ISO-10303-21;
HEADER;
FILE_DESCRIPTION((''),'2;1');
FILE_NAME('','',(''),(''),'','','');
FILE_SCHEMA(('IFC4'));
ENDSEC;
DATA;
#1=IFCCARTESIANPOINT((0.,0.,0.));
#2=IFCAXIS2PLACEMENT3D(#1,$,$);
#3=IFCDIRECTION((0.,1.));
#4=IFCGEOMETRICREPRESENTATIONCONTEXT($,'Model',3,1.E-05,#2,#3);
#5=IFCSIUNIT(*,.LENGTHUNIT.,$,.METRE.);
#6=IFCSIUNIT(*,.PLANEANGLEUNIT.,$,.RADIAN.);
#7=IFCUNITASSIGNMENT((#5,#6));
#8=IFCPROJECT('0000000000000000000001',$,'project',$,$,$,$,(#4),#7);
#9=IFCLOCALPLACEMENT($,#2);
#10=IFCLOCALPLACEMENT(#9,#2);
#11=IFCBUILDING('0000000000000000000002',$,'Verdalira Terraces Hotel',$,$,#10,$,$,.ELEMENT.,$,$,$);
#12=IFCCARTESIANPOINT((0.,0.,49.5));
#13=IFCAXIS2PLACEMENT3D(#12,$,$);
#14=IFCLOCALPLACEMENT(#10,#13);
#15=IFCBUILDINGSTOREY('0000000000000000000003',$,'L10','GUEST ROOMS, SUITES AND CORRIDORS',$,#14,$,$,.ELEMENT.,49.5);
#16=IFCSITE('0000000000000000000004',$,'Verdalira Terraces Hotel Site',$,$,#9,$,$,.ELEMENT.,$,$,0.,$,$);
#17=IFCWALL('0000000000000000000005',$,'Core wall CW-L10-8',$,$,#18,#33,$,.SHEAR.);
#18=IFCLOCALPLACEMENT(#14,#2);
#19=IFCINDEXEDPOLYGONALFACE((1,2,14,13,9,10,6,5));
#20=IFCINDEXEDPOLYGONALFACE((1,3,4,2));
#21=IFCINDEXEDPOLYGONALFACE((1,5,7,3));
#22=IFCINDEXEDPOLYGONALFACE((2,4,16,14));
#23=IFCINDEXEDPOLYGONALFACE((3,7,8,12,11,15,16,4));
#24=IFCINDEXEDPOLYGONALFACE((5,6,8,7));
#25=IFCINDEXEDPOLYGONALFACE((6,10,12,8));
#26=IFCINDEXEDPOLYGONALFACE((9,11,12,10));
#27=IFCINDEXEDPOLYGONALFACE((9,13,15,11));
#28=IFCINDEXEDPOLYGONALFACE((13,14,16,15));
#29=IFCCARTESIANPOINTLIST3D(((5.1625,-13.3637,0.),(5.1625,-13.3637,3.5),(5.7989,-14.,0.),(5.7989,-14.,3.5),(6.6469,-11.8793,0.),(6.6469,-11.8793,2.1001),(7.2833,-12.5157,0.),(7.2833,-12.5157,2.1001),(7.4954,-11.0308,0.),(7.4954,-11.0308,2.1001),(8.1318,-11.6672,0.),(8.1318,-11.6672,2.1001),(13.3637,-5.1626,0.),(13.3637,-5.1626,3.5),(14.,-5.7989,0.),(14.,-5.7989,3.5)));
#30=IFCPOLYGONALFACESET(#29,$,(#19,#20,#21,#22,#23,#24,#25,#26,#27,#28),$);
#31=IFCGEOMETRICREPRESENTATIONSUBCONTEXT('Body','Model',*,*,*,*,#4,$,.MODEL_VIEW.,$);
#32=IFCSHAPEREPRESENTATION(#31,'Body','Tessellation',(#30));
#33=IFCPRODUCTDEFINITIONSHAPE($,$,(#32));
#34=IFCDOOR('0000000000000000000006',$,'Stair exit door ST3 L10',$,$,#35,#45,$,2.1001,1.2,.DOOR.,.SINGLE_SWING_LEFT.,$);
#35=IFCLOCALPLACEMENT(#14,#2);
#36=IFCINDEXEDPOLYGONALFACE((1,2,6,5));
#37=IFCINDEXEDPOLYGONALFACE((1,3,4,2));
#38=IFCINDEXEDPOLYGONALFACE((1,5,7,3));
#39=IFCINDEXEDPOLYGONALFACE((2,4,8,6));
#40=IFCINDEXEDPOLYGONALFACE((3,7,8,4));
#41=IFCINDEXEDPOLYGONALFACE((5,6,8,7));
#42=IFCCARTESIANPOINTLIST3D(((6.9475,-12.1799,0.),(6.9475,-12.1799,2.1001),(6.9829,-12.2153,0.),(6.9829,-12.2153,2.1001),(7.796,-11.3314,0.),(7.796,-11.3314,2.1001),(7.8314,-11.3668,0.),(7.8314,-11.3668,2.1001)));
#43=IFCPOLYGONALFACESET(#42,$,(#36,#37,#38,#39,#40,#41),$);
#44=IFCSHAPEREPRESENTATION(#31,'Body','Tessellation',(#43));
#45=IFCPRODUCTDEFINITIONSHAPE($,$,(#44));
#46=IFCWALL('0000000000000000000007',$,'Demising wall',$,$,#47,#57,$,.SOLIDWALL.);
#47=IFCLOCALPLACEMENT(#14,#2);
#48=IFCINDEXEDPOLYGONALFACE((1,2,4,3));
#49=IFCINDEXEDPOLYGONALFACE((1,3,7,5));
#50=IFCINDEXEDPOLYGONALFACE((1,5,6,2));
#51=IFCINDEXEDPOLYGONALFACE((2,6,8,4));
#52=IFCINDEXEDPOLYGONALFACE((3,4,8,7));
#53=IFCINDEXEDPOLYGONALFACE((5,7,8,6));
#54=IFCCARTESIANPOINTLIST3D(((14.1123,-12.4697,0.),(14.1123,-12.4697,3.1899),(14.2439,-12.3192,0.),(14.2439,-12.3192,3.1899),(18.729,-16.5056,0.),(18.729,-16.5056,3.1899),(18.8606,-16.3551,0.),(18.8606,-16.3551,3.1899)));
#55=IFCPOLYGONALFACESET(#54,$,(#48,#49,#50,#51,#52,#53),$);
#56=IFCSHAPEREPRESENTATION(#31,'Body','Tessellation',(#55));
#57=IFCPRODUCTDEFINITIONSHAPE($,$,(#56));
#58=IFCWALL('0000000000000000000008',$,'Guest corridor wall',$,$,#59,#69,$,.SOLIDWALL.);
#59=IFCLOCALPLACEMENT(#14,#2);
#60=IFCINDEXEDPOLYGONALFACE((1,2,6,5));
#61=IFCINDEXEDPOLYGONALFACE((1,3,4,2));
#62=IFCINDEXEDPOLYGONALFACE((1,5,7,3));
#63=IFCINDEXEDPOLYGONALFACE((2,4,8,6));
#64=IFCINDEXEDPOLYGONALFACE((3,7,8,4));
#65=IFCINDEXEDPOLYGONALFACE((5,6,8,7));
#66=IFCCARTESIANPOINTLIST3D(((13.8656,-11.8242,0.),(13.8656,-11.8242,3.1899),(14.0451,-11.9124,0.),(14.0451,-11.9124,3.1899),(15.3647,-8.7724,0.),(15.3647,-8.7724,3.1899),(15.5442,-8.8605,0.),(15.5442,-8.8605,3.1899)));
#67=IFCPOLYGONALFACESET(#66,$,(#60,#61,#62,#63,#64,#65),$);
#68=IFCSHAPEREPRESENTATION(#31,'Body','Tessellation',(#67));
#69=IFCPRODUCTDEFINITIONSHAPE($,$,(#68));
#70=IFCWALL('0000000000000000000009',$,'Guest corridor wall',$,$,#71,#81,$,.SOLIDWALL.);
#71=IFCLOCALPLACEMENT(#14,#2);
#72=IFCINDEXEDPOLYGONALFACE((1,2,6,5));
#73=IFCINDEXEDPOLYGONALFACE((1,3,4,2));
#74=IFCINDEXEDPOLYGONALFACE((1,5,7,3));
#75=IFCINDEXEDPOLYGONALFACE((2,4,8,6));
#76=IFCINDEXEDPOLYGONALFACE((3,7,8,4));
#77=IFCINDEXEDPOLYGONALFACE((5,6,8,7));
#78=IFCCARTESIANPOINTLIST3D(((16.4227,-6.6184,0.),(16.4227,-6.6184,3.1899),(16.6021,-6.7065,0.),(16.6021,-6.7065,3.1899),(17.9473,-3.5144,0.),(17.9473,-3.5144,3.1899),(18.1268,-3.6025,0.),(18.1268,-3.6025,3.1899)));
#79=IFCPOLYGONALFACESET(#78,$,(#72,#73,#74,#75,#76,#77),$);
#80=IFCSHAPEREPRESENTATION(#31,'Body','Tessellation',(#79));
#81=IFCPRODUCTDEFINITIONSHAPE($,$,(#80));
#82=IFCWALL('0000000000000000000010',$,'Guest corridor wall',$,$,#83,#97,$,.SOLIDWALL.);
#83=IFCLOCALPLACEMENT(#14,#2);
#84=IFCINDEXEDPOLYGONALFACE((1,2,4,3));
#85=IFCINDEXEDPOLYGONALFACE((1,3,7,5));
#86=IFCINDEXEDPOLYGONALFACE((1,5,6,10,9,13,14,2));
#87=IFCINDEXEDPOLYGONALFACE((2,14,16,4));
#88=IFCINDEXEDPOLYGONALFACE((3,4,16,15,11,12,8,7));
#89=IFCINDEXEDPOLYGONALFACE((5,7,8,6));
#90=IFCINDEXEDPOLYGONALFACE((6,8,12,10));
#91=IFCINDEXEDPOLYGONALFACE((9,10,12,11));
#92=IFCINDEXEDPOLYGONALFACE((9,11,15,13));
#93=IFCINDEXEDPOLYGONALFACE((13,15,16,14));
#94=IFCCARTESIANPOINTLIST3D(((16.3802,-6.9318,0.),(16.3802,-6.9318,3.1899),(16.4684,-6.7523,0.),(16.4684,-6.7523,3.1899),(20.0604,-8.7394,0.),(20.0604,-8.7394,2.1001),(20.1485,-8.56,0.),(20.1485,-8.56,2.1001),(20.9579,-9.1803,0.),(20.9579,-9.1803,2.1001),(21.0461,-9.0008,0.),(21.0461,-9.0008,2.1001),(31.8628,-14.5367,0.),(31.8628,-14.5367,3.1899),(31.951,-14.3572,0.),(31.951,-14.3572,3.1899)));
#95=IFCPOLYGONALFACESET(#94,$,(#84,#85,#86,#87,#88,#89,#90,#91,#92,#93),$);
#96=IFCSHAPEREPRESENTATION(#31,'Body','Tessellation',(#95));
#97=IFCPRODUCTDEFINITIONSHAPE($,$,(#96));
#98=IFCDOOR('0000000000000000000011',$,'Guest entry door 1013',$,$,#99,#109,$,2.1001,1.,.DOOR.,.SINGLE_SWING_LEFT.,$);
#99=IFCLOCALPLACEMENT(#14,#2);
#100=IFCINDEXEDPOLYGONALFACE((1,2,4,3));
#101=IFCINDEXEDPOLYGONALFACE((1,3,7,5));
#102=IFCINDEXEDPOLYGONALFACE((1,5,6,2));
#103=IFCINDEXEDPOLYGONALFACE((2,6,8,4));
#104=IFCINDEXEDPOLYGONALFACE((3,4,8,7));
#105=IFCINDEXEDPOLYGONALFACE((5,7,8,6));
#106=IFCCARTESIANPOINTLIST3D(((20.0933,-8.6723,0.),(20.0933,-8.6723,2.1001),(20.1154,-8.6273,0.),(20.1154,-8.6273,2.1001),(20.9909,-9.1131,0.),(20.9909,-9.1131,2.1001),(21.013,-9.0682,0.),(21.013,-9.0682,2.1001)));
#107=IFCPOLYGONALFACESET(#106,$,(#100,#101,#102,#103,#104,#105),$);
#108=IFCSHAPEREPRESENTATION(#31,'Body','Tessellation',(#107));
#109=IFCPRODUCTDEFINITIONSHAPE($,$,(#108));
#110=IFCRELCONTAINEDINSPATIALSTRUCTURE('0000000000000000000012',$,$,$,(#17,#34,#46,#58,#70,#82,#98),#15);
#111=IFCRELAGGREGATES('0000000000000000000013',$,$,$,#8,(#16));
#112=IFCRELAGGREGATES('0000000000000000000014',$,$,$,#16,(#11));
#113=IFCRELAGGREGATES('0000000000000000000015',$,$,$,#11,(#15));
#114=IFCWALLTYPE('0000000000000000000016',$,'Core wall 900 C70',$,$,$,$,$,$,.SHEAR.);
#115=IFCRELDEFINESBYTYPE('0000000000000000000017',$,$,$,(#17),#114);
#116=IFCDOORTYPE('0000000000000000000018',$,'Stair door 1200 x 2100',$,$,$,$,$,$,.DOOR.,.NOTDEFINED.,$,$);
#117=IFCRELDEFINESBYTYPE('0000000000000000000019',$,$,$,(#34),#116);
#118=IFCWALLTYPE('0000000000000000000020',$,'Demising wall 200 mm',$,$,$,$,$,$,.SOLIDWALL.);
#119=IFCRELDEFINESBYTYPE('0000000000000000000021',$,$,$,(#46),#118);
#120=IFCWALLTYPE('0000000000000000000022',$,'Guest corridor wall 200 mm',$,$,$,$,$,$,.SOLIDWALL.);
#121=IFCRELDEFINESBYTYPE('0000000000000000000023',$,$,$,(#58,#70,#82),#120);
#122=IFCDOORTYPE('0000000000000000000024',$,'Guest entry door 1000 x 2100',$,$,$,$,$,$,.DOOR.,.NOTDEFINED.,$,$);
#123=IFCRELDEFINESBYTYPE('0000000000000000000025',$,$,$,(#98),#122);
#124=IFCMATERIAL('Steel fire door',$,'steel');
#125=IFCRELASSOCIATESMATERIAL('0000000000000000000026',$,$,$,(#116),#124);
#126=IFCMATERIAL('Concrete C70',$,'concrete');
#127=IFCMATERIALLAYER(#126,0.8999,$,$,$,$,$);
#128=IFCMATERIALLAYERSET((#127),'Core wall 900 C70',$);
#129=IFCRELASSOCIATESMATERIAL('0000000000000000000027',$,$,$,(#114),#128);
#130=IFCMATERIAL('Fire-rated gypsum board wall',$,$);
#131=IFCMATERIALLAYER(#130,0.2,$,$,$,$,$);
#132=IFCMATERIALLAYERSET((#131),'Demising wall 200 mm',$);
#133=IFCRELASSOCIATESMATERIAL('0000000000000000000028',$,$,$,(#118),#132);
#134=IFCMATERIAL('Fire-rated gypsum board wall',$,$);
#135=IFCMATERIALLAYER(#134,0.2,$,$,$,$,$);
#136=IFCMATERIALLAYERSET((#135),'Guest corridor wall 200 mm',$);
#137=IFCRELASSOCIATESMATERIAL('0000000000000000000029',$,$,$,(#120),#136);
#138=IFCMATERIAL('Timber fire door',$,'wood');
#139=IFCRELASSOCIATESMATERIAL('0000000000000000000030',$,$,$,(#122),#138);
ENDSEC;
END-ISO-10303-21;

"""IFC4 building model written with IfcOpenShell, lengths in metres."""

from ifc_helpers import new_model, si_unit, direction, frame, frame_2d, origin, place, context, subcontext, project, spatial, rectangle, extrude, material, layer, layer_set, type_object, element, fill, save


model = new_model("IFC4")

# Units and contexts
model_context = context("Model", 3, precision=1e-05, world=origin(), true_north=direction((0.0, 1.0)))
body_context = subcontext(model_context, "Body", "Model", "MODEL_VIEW")
ifc_project = project(units=[si_unit("LENGTHUNIT", "METRE"), si_unit("PLANEANGLEUNIT", "RADIAN")], contexts=[model_context])

# Site, building, storey
site_placement = place(None, origin())
site = spatial("IfcSite", under=ifc_project, at=site_placement, Name="Verdalira Terraces Hotel Site", CompositionType="ELEMENT", RefElevation=0.0)
building_placement = place(site_placement, origin())
building = spatial("IfcBuilding", under=site, at=building_placement, Name="Verdalira Terraces Hotel", CompositionType="ELEMENT")
storey_placement = place(building_placement, frame((0.0, 0.0, 49.5)))
storey = spatial("IfcBuildingStorey", under=building, at=storey_placement, Name="L10", Description="GUEST ROOMS, SUITES AND CORRIDORS", CompositionType="ELEMENT", Elevation=49.5)

# Shared definitions
ifc_material_1 = material(Name="Steel fire door", Category="steel")
door_type_1 = type_object("IfcDoorType", Name="Stair door 1200 x 2100", OperationType="NOTDEFINED", PredefinedType="DOOR", material=ifc_material_1)

# Wall, opening, door
ifc_material_2 = material(Name="Concrete C70", Category="concrete")
ifc_layer_1 = layer(ifc_material_2, 0.8999)
ifc_layer_set_1 = layer_set([ifc_layer_1], Name="Core wall 900 C70")
wall_type_1 = type_object("IfcWallType", Name="Core wall 900 C70", PredefinedType="SHEAR", material=ifc_layer_set_1)
wall_1_placement = place(storey_placement, frame((5.4807, -13.6819, 0.0), z_axis=(0.0, 0.0, 1.0), x_axis=(0.707107, 0.707107, 0.0)))
wall_1 = element("IfcWall", 1, at=wall_1_placement, inside=storey, type_object=wall_type_1, Name="Core wall CW-L10-8", PredefinedType="SHEAR", context=body_context, shape_type="SweptSolid", body=[
    extrude(rectangle(XDim=11.5981, YDim=0.8999, at=frame_2d((5.7991, 0.0))), origin(), (0.0, 0.0, 1.0), 3.5),
])
opening_1_placement = place(wall_1_placement, frame((2.0991, 0.0, 0.0)))
opening_1 = element("IfcOpeningElement", 2, at=opening_1_placement, cuts=wall_1, PredefinedType="OPENING", context=body_context, shape_type="SweptSolid", body=[
    extrude(rectangle(XDim=1.2, YDim=2.1001, at=frame_2d((0.6001, 1.05))), frame((0.0, 0.46, 0.0), z_axis=(0.0, -1.0, 0.0), x_axis=(1.0, 0.0, 0.0)), (0.0, 0.0, 1.0), 0.9199),
])
door_1_placement = place(opening_1_placement, origin())
door_1 = element("IfcDoor", 3, at=door_1_placement, inside=storey, type_object=door_type_1, Name="Stair exit door ST3 L10", OperationType="SINGLE_SWING_LEFT", OverallHeight=2.1001, OverallWidth=1.2, PredefinedType="DOOR", context=body_context, shape_type="SweptSolid", body=[
    extrude(rectangle(XDim=1.2, YDim=2.1001, at=frame_2d((0.6001, 1.05))), frame((0.0, 0.0249, 0.0), z_axis=(0.0, -1.0, 0.0), x_axis=(1.0, 0.0, 0.0)), (0.0, 0.0, 1.0), 0.05),
])
fill(opening_1, door_1)

# Walls
ifc_material_3 = material(Name="Fire-rated gypsum board wall")
ifc_layer_2 = layer(ifc_material_3, 0.2)
ifc_layer_set_2 = layer_set([ifc_layer_2], Name="Demising wall 200 mm")
wall_type_2 = type_object("IfcWallType", Name="Demising wall 200 mm", PredefinedType="SOLIDWALL", material=ifc_layer_set_2)
wall_2_placement = place(storey_placement, frame((14.1782, -12.3945, 0.0), z_axis=(0.0, 0.0, 1.0), x_axis=(0.752878, -0.658161, 0.0)))
element("IfcWall", 4, at=wall_2_placement, inside=storey, type_object=wall_type_2, Name="Demising wall", PredefinedType="SOLIDWALL", context=body_context, shape_type="SweptSolid", body=[
    extrude(rectangle(XDim=6.1321, YDim=0.2, at=frame_2d((3.0659, 0.0))), origin(), (0.0, 0.0, 1.0), 3.1899),
])
ifc_material_4 = material(Name="Fire-rated gypsum board wall")
ifc_layer_3 = layer(ifc_material_4, 0.2)
ifc_layer_set_3 = layer_set([ifc_layer_3], Name="Guest corridor wall 200 mm")
wall_type_3 = type_object("IfcWallType", Name="Guest corridor wall 200 mm", PredefinedType="SOLIDWALL", material=ifc_layer_set_3)
wall_3_placement = place(storey_placement, frame((13.9553, -11.8684, 0.0), z_axis=(0.0, 0.0, 1.0), x_axis=(0.440884, 0.897564, 0.0)))
element("IfcWall", 5, at=wall_3_placement, inside=storey, type_object=wall_type_3, Name="Guest corridor wall", PredefinedType="SOLIDWALL", context=body_context, shape_type="SweptSolid", body=[
    extrude(rectangle(XDim=3.4001, YDim=0.2, at=frame_2d((1.7002, 0.0))), origin(), (0.0, 0.0, 1.0), 3.1899),
])
wall_4_placement = place(storey_placement, frame((16.5125, -6.6624, 0.0), z_axis=(0.0, 0.0, 1.0), x_axis=(0.440877, 0.897568, 0.0)))
element("IfcWall", 6, at=wall_4_placement, inside=storey, type_object=wall_type_3, Name="Guest corridor wall", PredefinedType="SOLIDWALL", context=body_context, shape_type="SweptSolid", body=[
    extrude(rectangle(XDim=3.4583, YDim=0.2, at=frame_2d((1.729, 0.0))), origin(), (0.0, 0.0, 1.0), 3.1899),
])

# Wall, opening, door
wall_5_placement = place(storey_placement, frame((16.4243, -6.842, 0.0), z_axis=(0.0, 0.0, 1.0), x_axis=(0.897567, -0.440879, 0.0)))
wall_5 = element("IfcWall", 7, at=wall_5_placement, inside=storey, type_object=wall_type_3, Name="Guest corridor wall", PredefinedType="SOLIDWALL", context=body_context, shape_type="SweptSolid", body=[
    extrude(rectangle(XDim=17.2495, YDim=0.2, at=frame_2d((8.6248, 0.0))), origin(), (0.0, 0.0, 1.0), 3.1899),
])
opening_2_placement = place(wall_5_placement, frame((4.1001, 0.0, 0.0)))
opening_2 = element("IfcOpeningElement", 8, at=opening_2_placement, cuts=wall_5, PredefinedType="OPENING", context=body_context, shape_type="SweptSolid", body=[
    extrude(rectangle(XDim=1.0, YDim=2.1001, at=frame_2d((0.5, 1.05))), frame((0.0, 0.1099, 0.0), z_axis=(0.0, -1.0, 0.0), x_axis=(1.0, 0.0, 0.0)), (0.0, 0.0, 1.0), 0.22),
])
ifc_material_5 = material(Name="Timber fire door", Category="wood")
door_type_2 = type_object("IfcDoorType", Name="Guest entry door 1000 x 2100", OperationType="NOTDEFINED", PredefinedType="DOOR", material=ifc_material_5)
door_2_placement = place(opening_2_placement, origin())
door_2 = element("IfcDoor", 9, at=door_2_placement, inside=storey, type_object=door_type_2, Name="Guest entry door 1013", OperationType="SINGLE_SWING_LEFT", OverallHeight=2.1001, OverallWidth=1.0, PredefinedType="DOOR", context=body_context, shape_type="SweptSolid", body=[
    extrude(rectangle(XDim=1.0, YDim=2.1001, at=frame_2d((0.5, 1.05))), frame((0.0, 0.0249, 0.0), z_axis=(0.0, -1.0, 0.0), x_axis=(1.0, 0.0, 0.0)), (0.0, 0.0, 1.0), 0.05),
])
fill(opening_2, door_2)

save(model, "model.ifc")
